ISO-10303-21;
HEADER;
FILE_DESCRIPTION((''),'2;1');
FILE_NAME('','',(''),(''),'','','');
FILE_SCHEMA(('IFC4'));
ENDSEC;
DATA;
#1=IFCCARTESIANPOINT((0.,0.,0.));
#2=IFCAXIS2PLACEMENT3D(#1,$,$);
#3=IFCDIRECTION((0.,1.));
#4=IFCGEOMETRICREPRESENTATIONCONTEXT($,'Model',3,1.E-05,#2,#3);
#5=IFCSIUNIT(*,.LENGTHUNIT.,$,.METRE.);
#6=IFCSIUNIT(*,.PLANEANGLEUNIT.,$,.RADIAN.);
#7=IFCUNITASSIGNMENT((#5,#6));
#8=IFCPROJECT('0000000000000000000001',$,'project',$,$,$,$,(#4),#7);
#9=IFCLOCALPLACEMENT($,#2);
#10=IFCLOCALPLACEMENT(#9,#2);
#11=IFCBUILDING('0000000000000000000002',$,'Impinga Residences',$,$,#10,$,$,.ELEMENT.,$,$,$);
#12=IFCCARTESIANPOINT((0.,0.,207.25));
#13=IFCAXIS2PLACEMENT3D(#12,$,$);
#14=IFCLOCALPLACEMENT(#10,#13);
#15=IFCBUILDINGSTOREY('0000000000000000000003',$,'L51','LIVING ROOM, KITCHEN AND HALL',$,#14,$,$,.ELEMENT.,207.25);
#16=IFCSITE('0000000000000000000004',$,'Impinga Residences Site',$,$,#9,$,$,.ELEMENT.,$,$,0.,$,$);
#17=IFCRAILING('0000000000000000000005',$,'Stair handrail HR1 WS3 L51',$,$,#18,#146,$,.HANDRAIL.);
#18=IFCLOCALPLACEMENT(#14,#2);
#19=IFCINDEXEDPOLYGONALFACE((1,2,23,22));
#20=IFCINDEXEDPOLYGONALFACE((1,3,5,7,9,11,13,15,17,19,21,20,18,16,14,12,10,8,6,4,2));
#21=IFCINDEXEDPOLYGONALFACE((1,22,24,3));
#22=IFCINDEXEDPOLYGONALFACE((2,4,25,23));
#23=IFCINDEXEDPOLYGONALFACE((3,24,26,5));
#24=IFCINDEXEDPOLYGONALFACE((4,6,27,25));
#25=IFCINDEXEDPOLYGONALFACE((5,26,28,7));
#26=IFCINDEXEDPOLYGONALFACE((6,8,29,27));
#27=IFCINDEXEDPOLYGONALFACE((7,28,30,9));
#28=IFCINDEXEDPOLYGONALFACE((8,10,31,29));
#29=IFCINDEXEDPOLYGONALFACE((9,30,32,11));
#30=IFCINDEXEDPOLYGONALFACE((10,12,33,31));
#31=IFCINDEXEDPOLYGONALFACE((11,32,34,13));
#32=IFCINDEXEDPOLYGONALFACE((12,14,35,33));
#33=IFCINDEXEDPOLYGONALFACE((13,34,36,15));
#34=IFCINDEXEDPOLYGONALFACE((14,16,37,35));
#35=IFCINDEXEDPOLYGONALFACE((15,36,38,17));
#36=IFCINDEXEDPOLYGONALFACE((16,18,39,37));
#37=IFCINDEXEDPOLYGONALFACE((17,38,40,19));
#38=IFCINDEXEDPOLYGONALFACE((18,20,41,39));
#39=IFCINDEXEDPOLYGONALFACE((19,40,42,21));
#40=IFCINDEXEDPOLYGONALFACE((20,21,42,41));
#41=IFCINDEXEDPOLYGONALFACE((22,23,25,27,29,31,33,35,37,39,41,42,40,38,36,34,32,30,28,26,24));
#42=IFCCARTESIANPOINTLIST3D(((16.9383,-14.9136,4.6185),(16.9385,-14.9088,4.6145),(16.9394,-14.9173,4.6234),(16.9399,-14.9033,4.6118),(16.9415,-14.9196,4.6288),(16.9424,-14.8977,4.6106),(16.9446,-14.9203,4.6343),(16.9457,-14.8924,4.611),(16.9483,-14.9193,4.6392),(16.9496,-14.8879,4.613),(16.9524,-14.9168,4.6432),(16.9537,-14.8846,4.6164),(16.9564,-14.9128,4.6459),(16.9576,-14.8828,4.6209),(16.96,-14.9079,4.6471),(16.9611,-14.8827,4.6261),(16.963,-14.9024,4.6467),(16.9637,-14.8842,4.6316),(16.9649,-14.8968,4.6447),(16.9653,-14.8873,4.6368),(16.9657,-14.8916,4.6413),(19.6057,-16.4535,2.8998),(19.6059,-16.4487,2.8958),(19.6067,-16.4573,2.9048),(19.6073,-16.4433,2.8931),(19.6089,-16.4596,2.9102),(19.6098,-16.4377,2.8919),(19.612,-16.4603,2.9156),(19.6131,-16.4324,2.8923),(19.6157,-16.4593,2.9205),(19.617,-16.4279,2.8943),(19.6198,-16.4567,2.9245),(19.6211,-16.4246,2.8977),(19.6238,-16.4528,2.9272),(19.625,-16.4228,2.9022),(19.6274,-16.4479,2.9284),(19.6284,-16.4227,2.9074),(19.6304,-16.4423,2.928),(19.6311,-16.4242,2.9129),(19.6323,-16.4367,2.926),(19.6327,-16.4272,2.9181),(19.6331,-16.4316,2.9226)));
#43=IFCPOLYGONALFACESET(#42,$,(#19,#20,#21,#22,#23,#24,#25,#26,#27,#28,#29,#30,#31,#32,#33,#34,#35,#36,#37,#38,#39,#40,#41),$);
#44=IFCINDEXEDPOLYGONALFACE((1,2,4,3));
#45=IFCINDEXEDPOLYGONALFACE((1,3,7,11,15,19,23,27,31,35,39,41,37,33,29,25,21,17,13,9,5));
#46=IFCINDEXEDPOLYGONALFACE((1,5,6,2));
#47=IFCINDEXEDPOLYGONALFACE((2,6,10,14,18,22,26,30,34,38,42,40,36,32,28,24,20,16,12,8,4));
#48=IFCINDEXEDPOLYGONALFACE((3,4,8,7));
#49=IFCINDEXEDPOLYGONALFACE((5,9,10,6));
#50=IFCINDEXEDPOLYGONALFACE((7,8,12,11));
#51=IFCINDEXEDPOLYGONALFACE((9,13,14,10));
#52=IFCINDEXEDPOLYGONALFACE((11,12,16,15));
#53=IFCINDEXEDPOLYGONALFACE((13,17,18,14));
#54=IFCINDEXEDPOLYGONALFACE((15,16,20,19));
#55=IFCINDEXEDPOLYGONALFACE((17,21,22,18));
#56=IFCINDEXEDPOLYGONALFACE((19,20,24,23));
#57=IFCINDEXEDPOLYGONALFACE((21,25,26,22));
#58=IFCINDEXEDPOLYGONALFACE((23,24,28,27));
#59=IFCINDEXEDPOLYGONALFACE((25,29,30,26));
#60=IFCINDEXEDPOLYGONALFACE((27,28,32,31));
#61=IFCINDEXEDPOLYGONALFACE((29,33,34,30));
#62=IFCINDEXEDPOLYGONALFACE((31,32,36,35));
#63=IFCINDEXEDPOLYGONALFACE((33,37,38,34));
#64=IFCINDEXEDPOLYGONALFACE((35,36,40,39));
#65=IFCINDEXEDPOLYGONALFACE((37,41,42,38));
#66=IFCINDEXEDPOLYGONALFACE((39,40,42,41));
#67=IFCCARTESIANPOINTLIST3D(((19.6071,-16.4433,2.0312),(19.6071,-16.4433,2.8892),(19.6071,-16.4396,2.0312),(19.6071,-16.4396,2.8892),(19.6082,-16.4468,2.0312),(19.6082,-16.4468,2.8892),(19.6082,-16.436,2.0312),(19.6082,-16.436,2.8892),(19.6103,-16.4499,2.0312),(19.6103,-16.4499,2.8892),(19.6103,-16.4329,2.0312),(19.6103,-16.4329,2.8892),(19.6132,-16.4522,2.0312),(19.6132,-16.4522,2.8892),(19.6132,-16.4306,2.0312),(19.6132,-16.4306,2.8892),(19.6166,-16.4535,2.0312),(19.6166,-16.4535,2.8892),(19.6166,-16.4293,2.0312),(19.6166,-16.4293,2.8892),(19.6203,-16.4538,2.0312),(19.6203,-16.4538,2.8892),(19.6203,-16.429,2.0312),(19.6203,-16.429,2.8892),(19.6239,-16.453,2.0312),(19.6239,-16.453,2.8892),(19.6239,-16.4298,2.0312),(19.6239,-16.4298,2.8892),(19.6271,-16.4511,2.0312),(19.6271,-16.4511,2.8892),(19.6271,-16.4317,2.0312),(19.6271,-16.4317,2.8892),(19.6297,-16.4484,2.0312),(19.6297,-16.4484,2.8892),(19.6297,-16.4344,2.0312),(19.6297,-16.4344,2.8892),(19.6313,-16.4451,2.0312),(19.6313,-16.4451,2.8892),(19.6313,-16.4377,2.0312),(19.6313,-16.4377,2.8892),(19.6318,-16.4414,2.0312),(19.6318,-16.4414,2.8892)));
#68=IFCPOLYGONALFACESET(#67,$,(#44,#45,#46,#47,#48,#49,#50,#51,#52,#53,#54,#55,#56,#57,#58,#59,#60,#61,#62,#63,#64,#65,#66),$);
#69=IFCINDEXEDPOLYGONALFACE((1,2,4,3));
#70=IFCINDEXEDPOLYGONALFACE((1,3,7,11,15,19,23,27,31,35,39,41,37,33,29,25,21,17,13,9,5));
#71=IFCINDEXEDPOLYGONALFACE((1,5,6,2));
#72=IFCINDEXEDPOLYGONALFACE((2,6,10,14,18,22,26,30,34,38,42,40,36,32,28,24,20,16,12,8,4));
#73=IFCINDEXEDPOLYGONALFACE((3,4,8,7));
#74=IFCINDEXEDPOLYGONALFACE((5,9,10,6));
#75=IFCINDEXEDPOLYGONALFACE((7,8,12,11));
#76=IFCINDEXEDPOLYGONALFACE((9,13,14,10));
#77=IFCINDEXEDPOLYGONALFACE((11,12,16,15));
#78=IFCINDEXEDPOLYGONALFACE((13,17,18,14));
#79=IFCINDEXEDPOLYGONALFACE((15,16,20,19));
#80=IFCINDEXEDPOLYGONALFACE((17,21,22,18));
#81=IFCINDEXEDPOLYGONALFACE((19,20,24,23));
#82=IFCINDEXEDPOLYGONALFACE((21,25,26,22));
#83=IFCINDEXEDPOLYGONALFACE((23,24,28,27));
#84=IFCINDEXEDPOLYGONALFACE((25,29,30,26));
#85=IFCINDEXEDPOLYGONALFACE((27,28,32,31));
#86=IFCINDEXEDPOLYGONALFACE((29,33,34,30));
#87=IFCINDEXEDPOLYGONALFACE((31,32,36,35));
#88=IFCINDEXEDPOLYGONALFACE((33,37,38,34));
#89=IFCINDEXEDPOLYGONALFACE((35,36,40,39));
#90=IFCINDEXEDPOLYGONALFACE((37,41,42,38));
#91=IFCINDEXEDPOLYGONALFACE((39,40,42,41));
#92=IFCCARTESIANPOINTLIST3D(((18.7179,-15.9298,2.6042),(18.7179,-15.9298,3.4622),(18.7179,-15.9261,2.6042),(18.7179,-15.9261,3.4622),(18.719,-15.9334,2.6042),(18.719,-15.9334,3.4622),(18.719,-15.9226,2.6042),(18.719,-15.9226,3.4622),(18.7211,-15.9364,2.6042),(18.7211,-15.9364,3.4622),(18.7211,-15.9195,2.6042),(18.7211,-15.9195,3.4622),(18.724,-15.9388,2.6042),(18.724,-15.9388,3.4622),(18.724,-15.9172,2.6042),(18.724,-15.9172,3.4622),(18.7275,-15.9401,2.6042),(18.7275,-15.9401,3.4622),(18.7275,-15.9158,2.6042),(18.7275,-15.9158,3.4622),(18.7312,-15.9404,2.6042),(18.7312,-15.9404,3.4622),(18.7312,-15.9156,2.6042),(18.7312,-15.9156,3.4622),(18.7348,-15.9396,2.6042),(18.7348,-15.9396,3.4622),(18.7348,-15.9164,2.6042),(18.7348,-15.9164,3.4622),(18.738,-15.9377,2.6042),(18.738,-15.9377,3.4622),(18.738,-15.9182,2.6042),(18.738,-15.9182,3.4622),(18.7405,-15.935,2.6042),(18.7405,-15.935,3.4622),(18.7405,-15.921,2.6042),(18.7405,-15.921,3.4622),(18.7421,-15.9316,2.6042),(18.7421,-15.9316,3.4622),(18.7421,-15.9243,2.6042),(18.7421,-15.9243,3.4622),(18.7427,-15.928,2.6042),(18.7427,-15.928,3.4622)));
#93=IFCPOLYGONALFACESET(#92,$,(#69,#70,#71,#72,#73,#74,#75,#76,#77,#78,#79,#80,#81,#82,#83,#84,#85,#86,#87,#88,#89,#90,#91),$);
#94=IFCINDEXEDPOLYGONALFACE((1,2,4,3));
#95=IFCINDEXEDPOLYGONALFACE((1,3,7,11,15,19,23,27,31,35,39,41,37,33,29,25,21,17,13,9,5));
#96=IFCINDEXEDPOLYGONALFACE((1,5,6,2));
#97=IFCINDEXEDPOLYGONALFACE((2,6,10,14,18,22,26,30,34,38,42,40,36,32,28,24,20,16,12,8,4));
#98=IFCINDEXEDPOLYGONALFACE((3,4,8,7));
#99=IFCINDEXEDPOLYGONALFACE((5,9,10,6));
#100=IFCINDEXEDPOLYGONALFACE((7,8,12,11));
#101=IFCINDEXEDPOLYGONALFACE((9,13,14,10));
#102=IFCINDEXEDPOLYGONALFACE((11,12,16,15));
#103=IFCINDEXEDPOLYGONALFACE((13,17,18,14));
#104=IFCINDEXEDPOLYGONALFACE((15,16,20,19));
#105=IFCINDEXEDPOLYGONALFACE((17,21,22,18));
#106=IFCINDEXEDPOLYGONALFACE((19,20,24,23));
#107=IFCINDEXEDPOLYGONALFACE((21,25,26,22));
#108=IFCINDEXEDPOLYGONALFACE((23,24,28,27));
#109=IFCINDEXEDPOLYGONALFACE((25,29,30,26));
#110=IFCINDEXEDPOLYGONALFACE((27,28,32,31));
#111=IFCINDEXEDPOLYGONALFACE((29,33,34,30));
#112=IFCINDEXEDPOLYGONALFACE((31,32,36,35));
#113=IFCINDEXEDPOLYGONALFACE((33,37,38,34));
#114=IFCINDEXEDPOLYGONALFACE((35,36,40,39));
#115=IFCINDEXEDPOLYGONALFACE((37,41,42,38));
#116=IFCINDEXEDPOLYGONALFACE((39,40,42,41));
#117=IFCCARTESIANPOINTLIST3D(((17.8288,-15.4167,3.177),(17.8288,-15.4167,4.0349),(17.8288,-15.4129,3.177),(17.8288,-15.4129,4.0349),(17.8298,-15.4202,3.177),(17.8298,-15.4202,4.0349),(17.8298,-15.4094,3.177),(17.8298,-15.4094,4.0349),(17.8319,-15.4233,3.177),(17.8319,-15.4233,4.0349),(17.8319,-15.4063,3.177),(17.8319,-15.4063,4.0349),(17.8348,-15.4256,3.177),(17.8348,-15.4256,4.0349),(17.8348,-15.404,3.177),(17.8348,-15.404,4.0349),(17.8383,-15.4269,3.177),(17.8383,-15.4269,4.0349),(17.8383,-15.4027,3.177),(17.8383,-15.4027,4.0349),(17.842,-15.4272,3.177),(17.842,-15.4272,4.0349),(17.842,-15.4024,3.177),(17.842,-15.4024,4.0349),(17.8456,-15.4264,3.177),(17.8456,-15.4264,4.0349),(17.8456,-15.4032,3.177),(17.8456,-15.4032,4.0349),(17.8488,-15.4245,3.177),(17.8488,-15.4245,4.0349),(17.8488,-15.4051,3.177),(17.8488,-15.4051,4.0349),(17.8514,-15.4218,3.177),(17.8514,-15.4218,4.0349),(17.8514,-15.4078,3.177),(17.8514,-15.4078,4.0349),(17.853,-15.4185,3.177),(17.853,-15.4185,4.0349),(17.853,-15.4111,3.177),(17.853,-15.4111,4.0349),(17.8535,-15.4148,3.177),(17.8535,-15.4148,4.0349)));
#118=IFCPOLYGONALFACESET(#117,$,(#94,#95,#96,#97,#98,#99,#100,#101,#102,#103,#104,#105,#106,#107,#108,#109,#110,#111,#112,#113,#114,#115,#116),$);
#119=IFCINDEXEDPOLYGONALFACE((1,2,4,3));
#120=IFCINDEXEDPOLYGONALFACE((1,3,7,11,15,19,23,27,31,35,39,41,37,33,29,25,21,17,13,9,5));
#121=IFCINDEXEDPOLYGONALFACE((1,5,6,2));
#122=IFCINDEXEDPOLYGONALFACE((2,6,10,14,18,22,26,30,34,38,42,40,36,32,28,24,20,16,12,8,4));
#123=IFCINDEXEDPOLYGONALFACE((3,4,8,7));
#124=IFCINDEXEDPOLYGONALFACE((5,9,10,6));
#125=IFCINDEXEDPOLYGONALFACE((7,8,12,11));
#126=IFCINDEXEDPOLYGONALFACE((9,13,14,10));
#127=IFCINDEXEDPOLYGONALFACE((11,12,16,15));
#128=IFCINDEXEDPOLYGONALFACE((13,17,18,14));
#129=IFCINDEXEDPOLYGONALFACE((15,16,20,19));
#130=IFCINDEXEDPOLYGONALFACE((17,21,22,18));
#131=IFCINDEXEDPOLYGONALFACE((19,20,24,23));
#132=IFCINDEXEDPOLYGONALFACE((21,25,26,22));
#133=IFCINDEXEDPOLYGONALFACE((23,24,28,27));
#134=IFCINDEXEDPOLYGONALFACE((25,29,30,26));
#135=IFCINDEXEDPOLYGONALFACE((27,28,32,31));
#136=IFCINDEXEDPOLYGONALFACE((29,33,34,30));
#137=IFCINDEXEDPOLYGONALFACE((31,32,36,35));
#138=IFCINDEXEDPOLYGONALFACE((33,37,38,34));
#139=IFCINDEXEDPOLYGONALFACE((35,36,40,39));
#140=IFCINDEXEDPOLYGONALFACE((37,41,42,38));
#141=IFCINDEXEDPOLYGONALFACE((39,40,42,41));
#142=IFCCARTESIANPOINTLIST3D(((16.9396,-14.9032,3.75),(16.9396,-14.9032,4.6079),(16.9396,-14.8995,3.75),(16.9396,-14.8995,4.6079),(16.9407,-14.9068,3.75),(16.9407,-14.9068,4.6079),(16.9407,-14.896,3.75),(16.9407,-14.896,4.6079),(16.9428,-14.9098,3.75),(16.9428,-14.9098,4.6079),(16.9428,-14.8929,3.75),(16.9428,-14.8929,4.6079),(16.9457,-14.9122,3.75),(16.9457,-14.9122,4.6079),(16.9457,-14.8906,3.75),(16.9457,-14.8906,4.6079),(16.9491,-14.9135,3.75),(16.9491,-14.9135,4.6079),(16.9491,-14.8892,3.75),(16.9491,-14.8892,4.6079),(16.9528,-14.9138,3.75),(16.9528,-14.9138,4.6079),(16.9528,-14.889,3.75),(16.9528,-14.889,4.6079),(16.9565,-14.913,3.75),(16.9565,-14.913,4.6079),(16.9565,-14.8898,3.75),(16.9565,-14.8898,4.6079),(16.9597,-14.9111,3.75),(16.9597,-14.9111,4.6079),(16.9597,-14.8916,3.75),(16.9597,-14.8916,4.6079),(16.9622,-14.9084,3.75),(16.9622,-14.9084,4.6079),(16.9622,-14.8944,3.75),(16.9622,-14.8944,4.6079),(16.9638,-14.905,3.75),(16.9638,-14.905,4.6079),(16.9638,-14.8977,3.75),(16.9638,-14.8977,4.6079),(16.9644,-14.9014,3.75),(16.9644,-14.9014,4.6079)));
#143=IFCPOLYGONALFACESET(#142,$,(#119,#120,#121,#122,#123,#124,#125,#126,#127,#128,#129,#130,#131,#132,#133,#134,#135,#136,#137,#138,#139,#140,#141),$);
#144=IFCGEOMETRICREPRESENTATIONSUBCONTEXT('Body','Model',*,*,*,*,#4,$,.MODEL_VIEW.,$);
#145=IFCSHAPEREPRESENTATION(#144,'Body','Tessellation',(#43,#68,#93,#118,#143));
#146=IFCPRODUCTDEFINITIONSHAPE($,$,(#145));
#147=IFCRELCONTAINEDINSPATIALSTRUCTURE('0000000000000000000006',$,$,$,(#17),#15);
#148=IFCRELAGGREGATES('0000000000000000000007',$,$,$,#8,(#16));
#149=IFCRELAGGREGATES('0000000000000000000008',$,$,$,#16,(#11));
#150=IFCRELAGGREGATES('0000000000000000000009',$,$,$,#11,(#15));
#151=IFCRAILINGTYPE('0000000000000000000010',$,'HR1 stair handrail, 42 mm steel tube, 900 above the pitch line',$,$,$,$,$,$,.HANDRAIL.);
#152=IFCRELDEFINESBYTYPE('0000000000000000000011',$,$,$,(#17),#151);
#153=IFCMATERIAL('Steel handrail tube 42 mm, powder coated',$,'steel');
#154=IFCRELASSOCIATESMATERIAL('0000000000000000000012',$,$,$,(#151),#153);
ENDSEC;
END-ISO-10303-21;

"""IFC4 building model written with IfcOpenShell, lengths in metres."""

from ifc_helpers import new_model, si_unit, direction, frame, origin, origin_2d, place, context, subcontext, project, spatial, circle, extrude, material, type_object, element, save


model = new_model("IFC4")

# Units and contexts
model_context = context("Model", 3, precision=1e-05, world=origin(), true_north=direction((0.0, 1.0)))
body_context = subcontext(model_context, "Body", "Model", "MODEL_VIEW")
ifc_project = project(units=[si_unit("LENGTHUNIT", "METRE"), si_unit("PLANEANGLEUNIT", "RADIAN")], contexts=[model_context])

# Site, building, storey
site_placement = place(None, origin())
site = spatial("IfcSite", under=ifc_project, at=site_placement, Name="Impinga Residences Site", CompositionType="ELEMENT", RefElevation=0.0)
building_placement = place(site_placement, origin())
building = spatial("IfcBuilding", under=site, at=building_placement, Name="Impinga Residences", CompositionType="ELEMENT")
storey_placement = place(building_placement, frame((0.0, 0.0, 207.25)))
storey = spatial("IfcBuildingStorey", under=building, at=storey_placement, Name="L51", Description="LIVING ROOM, KITCHEN AND HALL", CompositionType="ELEMENT", Elevation=207.25)

# Railing
ifc_material_1 = material(Name="Steel handrail tube 42 mm, powder coated", Category="steel")
railing_type_1 = type_object("IfcRailingType", Name="HR1 stair handrail, 42 mm steel tube, 900 above the pitch line", PredefinedType="HANDRAIL", material=ifc_material_1)
railing_1_placement = place(storey_placement, frame((19.6194, -16.4414, 2.0312)))
element("IfcRailing", 1, at=railing_1_placement, inside=storey, type_object=railing_type_1, Name="Stair handrail HR1 WS3 L51", PredefinedType="HANDRAIL", context=body_context, shape_type="SweptSolid", body=[
    extrude(circle(Radius=0.021, at=origin_2d()), frame((0.0, 0.0, 0.8789), z_axis=(-0.756256, 0.436616, 0.487282), x_axis=(-0.499992, -0.86603, 0.0)), (0.0, 0.0, 1.0), 3.5271),
    extrude(circle(Radius=0.0125, at=origin_2d()), origin(), (0.0, 0.0, 1.0), 0.8579),
    extrude(circle(Radius=0.0125, at=origin_2d()), frame((-0.8892, 0.5134, 0.573)), (0.0, 0.0, 1.0), 0.8579),
    extrude(circle(Radius=0.0125, at=origin_2d()), frame((-1.7783, 1.0266, 1.1458)), (0.0, 0.0, 1.0), 0.8579),
    extrude(circle(Radius=0.0125, at=origin_2d()), frame((-2.6675, 1.54, 1.7188)), (0.0, 0.0, 1.0), 0.8579),
])

save(model, "model.ifc")
